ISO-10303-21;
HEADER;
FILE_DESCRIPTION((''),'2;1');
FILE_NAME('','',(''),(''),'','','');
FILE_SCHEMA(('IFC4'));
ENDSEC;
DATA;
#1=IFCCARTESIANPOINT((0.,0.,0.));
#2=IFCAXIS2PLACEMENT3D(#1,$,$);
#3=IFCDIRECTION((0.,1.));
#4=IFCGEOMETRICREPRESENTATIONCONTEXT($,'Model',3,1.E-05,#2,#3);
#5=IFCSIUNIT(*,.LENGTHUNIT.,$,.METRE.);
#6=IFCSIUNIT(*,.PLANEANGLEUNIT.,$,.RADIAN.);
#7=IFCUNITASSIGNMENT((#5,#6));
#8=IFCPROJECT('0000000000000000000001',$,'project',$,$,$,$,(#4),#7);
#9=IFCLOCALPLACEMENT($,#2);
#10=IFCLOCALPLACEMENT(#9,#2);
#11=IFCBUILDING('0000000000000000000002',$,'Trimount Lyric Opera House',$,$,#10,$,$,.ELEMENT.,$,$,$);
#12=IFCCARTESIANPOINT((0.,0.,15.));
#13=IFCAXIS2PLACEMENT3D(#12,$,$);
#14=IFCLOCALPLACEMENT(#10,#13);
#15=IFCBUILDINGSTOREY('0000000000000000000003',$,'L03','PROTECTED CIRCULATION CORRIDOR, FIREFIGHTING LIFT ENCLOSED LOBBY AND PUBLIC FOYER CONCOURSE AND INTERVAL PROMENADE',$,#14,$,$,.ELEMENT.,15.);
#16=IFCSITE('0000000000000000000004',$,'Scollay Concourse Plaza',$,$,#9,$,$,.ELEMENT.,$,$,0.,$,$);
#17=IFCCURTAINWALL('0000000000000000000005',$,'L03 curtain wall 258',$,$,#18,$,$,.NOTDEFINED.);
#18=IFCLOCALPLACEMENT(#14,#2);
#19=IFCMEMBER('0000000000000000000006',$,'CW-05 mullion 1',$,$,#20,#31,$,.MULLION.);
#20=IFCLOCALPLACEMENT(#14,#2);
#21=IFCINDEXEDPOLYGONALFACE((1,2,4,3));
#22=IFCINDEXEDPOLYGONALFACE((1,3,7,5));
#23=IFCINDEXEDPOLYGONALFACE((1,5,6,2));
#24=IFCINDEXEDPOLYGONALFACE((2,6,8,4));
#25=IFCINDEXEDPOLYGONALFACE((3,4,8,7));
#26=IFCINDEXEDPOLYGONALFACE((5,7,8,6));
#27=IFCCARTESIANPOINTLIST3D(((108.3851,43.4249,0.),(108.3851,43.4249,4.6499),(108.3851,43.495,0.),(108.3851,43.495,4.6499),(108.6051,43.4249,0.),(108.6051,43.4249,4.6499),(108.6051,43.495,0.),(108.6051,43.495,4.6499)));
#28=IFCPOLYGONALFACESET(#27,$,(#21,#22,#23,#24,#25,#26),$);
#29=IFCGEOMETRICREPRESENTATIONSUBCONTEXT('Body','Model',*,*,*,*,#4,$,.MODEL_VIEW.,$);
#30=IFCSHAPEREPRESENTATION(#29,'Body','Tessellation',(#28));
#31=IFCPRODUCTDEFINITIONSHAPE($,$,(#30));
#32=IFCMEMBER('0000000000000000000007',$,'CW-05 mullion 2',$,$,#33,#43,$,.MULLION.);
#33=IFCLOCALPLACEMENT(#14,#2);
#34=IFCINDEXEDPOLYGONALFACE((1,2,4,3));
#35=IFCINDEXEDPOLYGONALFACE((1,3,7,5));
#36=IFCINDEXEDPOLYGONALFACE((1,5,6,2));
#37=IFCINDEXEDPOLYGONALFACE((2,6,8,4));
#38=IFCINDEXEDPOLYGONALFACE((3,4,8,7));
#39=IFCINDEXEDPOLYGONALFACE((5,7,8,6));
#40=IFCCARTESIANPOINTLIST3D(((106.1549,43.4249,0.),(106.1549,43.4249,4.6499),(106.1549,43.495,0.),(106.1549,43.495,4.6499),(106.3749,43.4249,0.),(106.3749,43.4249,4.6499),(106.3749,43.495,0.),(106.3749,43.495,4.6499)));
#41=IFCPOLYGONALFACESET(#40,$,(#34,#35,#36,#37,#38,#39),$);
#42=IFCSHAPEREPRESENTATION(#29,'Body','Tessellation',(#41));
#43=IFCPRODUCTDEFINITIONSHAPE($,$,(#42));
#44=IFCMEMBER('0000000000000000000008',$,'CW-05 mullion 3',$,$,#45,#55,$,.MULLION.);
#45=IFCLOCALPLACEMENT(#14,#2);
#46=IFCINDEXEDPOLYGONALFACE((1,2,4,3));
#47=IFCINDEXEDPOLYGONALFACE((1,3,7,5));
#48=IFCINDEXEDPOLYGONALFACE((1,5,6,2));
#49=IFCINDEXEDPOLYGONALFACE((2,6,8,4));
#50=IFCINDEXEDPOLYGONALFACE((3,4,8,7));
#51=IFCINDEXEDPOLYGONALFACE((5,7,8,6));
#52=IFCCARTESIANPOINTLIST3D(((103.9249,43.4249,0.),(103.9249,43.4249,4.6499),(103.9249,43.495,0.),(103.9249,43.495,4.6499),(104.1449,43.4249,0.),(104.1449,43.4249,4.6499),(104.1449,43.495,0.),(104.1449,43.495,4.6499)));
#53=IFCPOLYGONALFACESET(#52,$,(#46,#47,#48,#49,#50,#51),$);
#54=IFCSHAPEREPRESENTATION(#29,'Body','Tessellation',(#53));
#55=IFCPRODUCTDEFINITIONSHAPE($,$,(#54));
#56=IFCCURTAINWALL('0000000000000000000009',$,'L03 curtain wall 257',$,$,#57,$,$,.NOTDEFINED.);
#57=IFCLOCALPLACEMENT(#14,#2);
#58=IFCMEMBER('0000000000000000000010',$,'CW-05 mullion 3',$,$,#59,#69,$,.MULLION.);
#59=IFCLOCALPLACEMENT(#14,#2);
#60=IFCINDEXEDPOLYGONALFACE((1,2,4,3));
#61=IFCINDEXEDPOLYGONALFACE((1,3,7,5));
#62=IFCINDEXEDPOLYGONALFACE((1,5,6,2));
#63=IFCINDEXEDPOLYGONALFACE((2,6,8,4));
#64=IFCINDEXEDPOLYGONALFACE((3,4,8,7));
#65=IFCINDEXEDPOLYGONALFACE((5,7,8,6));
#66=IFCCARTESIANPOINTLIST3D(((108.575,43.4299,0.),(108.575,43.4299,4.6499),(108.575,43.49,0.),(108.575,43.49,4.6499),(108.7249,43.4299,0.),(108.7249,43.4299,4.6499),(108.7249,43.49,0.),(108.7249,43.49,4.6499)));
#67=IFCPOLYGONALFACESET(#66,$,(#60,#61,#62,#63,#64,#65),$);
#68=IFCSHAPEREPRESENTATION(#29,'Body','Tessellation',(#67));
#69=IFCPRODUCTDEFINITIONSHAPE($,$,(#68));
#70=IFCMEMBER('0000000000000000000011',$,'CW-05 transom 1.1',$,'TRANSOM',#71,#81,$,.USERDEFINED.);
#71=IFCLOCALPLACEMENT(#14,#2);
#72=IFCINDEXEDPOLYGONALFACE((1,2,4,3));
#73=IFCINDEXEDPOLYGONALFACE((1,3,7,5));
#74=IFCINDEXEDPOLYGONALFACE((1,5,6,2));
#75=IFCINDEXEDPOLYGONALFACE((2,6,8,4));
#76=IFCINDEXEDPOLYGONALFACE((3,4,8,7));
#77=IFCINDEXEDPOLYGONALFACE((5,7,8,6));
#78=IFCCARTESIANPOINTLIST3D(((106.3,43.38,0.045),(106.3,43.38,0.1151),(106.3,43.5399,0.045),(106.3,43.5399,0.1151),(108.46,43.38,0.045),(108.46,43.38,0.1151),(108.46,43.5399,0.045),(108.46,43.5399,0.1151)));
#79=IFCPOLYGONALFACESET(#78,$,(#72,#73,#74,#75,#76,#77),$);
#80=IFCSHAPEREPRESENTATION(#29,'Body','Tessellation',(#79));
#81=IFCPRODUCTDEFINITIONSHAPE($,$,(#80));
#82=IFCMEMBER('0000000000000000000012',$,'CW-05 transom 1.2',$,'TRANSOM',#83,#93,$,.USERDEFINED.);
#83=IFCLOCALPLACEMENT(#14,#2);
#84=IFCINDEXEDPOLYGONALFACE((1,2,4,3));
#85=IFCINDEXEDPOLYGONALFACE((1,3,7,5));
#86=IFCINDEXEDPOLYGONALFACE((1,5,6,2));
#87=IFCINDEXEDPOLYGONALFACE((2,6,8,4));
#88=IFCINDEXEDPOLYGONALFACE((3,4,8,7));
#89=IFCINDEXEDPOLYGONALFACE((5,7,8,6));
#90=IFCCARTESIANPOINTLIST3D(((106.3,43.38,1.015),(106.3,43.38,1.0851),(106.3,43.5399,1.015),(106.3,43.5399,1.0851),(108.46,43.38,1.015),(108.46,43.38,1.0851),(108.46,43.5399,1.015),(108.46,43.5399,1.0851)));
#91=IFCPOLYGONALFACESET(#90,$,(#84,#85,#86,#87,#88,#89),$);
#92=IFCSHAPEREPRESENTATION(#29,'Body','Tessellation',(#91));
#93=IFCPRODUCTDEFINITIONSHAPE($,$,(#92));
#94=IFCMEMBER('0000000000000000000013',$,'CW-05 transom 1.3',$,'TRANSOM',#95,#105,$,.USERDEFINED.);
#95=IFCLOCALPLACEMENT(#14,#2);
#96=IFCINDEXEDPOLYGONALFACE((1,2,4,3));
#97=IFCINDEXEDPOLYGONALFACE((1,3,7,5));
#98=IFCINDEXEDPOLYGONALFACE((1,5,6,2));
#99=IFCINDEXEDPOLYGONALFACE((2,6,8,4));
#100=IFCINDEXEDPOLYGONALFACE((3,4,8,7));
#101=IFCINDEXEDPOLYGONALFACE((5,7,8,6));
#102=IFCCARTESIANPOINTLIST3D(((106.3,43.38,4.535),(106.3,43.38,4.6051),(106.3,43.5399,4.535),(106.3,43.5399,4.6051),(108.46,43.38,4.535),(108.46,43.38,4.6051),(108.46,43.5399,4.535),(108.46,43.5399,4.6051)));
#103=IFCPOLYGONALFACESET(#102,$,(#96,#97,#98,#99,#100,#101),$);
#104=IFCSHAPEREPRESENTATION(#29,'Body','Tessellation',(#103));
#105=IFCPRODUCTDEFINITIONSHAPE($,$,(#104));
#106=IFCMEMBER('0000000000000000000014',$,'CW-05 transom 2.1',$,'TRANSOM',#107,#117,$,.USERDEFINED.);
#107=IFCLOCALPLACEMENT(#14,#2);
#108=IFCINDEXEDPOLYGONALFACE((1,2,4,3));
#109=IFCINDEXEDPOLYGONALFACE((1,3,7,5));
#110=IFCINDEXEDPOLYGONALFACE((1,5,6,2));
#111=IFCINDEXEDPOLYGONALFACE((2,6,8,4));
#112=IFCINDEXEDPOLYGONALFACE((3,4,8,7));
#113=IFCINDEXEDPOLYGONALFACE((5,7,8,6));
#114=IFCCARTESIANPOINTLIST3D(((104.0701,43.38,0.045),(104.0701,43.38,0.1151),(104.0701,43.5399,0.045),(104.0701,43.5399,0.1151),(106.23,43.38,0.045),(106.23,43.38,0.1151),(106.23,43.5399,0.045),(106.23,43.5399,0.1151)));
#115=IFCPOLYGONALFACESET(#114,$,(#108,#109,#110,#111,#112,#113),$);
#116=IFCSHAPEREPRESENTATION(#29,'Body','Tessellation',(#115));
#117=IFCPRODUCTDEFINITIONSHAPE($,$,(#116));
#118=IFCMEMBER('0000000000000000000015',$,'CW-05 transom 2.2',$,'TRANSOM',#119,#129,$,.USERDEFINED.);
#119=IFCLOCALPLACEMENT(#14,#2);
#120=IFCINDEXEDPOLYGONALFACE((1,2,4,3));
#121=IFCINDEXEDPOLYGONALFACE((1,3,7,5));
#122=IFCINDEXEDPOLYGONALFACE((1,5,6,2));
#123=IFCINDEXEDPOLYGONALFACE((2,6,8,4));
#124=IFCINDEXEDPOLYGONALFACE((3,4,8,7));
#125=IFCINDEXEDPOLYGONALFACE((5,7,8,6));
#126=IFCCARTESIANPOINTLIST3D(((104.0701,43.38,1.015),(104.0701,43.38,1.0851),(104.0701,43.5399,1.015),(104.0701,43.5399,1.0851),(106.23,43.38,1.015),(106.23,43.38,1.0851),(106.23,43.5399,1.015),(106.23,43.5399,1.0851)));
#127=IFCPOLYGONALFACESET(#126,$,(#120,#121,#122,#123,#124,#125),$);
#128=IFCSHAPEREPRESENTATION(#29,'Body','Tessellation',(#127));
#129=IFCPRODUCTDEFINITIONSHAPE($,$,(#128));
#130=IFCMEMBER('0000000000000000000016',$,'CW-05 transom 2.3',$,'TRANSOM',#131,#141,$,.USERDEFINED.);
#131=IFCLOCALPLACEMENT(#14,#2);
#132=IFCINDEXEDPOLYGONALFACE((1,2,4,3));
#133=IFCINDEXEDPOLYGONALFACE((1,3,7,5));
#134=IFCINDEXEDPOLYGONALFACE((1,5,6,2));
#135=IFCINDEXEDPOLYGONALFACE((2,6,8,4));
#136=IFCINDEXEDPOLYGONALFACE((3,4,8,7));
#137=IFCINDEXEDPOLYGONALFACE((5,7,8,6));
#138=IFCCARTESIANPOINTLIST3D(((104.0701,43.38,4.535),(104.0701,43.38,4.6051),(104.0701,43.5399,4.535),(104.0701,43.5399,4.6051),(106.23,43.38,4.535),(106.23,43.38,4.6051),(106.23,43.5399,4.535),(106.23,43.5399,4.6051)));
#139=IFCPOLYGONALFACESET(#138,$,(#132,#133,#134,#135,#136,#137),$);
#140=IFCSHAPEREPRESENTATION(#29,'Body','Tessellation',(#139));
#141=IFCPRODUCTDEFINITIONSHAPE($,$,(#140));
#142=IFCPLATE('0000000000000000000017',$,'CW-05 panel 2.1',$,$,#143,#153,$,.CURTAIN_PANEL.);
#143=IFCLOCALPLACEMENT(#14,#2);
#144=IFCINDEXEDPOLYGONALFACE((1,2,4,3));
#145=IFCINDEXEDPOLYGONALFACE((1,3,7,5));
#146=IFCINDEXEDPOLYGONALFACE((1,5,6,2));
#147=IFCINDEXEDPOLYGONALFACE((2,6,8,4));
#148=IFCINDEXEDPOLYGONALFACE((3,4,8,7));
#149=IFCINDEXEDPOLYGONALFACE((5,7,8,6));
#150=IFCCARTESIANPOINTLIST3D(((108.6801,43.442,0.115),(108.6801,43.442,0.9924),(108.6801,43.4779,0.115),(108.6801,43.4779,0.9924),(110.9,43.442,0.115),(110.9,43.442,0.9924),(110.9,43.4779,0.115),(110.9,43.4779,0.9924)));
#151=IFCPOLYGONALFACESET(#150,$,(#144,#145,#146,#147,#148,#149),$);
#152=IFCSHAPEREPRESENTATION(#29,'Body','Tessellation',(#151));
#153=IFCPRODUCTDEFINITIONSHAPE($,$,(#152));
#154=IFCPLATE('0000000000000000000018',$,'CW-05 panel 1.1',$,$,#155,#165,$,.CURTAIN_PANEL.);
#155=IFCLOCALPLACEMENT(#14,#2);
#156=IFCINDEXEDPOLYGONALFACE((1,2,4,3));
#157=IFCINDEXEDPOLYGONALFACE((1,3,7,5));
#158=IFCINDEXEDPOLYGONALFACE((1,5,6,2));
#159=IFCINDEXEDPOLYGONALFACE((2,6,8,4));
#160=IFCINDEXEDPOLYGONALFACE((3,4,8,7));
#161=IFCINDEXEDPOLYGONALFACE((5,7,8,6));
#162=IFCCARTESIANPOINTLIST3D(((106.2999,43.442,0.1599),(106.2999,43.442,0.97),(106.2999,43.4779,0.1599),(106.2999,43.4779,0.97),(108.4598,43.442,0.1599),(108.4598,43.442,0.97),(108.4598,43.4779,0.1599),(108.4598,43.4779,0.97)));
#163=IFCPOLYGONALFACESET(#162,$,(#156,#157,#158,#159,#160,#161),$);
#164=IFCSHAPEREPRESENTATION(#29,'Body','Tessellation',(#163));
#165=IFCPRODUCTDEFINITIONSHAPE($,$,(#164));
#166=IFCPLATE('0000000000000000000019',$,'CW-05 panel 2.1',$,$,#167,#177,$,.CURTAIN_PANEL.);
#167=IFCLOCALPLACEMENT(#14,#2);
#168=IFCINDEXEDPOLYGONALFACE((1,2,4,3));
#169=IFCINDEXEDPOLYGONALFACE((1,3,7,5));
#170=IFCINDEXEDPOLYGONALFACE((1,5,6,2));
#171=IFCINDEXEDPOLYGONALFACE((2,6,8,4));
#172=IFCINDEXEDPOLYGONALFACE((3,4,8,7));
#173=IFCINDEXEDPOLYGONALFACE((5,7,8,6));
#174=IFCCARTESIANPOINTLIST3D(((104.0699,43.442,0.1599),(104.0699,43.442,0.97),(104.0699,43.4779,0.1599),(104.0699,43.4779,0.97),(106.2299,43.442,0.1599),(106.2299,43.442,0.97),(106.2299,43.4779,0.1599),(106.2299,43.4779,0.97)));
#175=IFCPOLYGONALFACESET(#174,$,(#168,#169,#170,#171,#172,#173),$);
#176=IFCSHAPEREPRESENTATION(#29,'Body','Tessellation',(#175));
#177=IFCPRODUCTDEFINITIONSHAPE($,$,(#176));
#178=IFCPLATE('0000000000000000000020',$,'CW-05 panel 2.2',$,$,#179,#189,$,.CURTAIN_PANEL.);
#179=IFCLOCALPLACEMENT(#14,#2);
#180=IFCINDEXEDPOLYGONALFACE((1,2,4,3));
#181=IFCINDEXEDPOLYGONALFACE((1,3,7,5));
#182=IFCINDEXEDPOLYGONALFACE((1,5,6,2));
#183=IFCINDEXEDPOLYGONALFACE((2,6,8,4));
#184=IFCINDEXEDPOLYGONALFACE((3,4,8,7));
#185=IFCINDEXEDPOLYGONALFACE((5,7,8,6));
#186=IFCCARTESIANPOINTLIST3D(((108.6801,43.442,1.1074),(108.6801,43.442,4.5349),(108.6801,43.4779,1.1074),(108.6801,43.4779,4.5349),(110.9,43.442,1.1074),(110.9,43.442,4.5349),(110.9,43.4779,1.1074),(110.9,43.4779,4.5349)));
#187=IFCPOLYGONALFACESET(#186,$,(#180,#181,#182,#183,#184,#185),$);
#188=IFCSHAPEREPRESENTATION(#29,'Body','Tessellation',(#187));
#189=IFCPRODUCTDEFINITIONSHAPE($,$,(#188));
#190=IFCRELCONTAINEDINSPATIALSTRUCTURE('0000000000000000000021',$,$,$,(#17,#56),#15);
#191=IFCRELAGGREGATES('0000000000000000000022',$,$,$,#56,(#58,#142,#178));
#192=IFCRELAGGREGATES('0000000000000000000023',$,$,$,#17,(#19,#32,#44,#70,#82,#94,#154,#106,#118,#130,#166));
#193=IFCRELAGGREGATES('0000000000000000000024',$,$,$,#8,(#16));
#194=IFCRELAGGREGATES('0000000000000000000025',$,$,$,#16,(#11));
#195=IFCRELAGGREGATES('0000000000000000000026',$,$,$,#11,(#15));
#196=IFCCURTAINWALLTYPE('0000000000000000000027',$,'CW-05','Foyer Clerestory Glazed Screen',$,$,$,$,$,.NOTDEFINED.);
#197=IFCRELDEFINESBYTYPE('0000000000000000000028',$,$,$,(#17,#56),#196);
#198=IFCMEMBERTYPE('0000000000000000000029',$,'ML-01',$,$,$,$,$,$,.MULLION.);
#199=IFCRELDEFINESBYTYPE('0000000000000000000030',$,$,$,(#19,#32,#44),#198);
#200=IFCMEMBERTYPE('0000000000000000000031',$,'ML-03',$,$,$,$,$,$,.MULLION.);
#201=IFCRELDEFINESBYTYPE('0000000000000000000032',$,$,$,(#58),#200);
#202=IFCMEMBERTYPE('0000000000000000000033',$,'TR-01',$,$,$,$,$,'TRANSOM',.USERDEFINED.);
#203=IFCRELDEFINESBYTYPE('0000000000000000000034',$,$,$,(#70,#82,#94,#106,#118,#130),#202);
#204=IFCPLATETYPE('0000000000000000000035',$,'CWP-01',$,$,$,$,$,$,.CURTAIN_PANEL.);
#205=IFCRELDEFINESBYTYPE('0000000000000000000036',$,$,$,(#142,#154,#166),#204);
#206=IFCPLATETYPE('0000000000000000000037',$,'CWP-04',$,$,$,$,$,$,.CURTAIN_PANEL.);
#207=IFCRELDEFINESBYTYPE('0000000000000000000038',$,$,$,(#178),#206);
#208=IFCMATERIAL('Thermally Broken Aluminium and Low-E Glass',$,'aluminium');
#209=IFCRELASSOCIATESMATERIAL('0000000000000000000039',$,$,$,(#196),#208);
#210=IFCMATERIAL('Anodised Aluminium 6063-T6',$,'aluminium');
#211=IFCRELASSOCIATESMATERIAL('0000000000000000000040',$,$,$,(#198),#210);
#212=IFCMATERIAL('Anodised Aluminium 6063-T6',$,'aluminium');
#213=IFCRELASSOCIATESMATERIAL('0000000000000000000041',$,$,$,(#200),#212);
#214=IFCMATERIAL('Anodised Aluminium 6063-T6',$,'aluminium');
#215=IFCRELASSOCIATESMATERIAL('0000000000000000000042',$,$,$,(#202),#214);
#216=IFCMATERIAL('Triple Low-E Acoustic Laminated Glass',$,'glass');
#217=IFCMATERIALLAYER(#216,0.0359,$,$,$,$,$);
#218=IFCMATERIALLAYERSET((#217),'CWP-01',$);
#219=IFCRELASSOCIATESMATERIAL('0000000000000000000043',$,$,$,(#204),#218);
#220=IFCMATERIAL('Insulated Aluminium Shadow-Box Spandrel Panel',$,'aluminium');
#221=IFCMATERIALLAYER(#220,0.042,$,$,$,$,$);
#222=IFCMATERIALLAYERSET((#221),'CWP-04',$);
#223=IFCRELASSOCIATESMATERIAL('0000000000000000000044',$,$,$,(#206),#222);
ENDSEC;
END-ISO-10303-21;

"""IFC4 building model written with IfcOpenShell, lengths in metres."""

from ifc_helpers import new_model, si_unit, direction, frame, origin, origin_2d, place, context, subcontext, project, spatial, rectangle, extrude, material, layer, layer_set, material_profile, profile_set, type_object, element, aggregate, save


model = new_model("IFC4")

# Units and contexts
model_context = context("Model", 3, precision=1e-05, world=origin(), true_north=direction((0.0, 1.0)))
body_context = subcontext(model_context, "Body", "Model", "MODEL_VIEW")
ifc_project = project(units=[si_unit("LENGTHUNIT", "METRE"), si_unit("PLANEANGLEUNIT", "RADIAN")], contexts=[model_context])

# Site, building, storey
site_placement = place(None, origin())
site = spatial("IfcSite", under=ifc_project, at=site_placement, Name="Scollay Concourse Plaza", CompositionType="ELEMENT", RefElevation=0.0)
building_placement = place(site_placement, origin())
building = spatial("IfcBuilding", under=site, at=building_placement, Name="Trimount Lyric Opera House", CompositionType="ELEMENT")
storey_placement = place(building_placement, frame((0.0, 0.0, 15.0)))
storey = spatial("IfcBuildingStorey", under=building, at=storey_placement, Name="L03", Description="PROTECTED CIRCULATION CORRIDOR, FIREFIGHTING LIFT ENCLOSED LOBBY AND PUBLIC FOYER CONCOURSE AND INTERVAL PROMENADE", CompositionType="ELEMENT", Elevation=15.0)

# Curtain wall, members
ifc_material_1 = material(Name="Thermally Broken Aluminium and Low-E Glass", Category="aluminium")
curtain_wall_type = type_object("IfcCurtainWallType", Name="CW-05", Description="Foyer Clerestory Glazed Screen", PredefinedType="NOTDEFINED", material=ifc_material_1)
curtain_wall_1_placement = place(storey_placement, origin())
curtain_wall_1 = element("IfcCurtainWall", 1, at=curtain_wall_1_placement, inside=storey, type_object=curtain_wall_type, Name="L03 curtain wall 258", PredefinedType="NOTDEFINED")
ifc_material_2 = material(Name="Anodised Aluminium 6063-T6", Category="aluminium")
ifc_material_profile_1 = material_profile(ifc_material_2, rectangle(XDim=0.0701, YDim=0.22, at=origin_2d()), Name="ALU-MULL-70X220")
ifc_profile_set_1 = profile_set([ifc_material_profile_1], Name="Anodised Aluminium 6063-T6")
member_type_1 = type_object("IfcMemberType", Name="ML-01", PredefinedType="MULLION", material=ifc_profile_set_1)
member_1_placement = place(storey_placement, frame((108.4951, 43.46, 0.0), z_axis=(0.0, 0.0, 1.0), x_axis=(0.0, -1.0, 0.0)))
member_1 = element("IfcMember", 2, at=member_1_placement, type_object=member_type_1, Name="CW-05 mullion 1", PredefinedType="MULLION", context=body_context, shape_type="SweptSolid", body=[
    extrude(rectangle(XDim=0.0701, YDim=0.22, at=origin_2d()), origin(), (0.0, 0.0, 1.0), 4.6499),
])
member_2_placement = place(storey_placement, frame((106.2649, 43.46, 0.0), z_axis=(0.0, 0.0, 1.0), x_axis=(0.0, -1.0, 0.0)))
member_2 = element("IfcMember", 3, at=member_2_placement, type_object=member_type_1, Name="CW-05 mullion 2", PredefinedType="MULLION", context=body_context, shape_type="SweptSolid", body=[
    extrude(rectangle(XDim=0.0701, YDim=0.22, at=origin_2d()), origin(), (0.0, 0.0, 1.0), 4.6499),
])
member_3_placement = place(storey_placement, frame((104.0349, 43.46, 0.0), z_axis=(0.0, 0.0, 1.0), x_axis=(0.0, -1.0, 0.0)))
member_3 = element("IfcMember", 4, at=member_3_placement, type_object=member_type_1, Name="CW-05 mullion 3", PredefinedType="MULLION", context=body_context, shape_type="SweptSolid", body=[
    extrude(rectangle(XDim=0.0701, YDim=0.22, at=origin_2d()), origin(), (0.0, 0.0, 1.0), 4.6499),
])

# Curtain wall, member
curtain_wall_2_placement = place(storey_placement, origin())
curtain_wall_2 = element("IfcCurtainWall", 5, at=curtain_wall_2_placement, inside=storey, type_object=curtain_wall_type, Name="L03 curtain wall 257", PredefinedType="NOTDEFINED")
ifc_material_3 = material(Name="Anodised Aluminium 6063-T6", Category="aluminium")
ifc_material_profile_2 = material_profile(ifc_material_3, rectangle(XDim=0.0601, YDim=0.1499, at=origin_2d()), Name="ALU-MULL-60X150")
ifc_profile_set_2 = profile_set([ifc_material_profile_2], Name="Anodised Aluminium 6063-T6")
member_type_2 = type_object("IfcMemberType", Name="ML-03", PredefinedType="MULLION", material=ifc_profile_set_2)
member_4_placement = place(storey_placement, frame((108.6499, 43.46, 0.0), z_axis=(0.0, 0.0, 1.0), x_axis=(0.0, -1.0, 0.0)))
member_4 = element("IfcMember", 6, at=member_4_placement, type_object=member_type_2, Name="CW-05 mullion 3", PredefinedType="MULLION", context=body_context, shape_type="SweptSolid", body=[
    extrude(rectangle(XDim=0.0601, YDim=0.1499, at=origin_2d()), origin(), (0.0, 0.0, 1.0), 4.6499),
])

# Members
ifc_material_4 = material(Name="Anodised Aluminium 6063-T6", Category="aluminium")
ifc_material_profile_3 = material_profile(ifc_material_4, rectangle(XDim=0.1599, YDim=0.0701, at=origin_2d()), Name="ALU-TRAN-70X160")
ifc_profile_set_3 = profile_set([ifc_material_profile_3], Name="Anodised Aluminium 6063-T6")
member_type_3 = type_object("IfcMemberType", Name="TR-01", ElementType="TRANSOM", PredefinedType="USERDEFINED", material=ifc_profile_set_3)
member_5_placement = place(storey_placement, frame((108.46, 43.46, 0.0801), z_axis=(-1.0, 0.0, 0.0), x_axis=(0.0, -1.0, 0.0)))
member_5 = element("IfcMember", 7, at=member_5_placement, type_object=member_type_3, Name="CW-05 transom 1.1", ObjectType="TRANSOM", PredefinedType="USERDEFINED", context=body_context, shape_type="SweptSolid", body=[
    extrude(rectangle(XDim=0.1599, YDim=0.0701, at=origin_2d()), origin(), (0.0, 0.0, 1.0), 2.1599),
])
member_6_placement = place(storey_placement, frame((108.46, 43.46, 1.05), z_axis=(-1.0, 0.0, 0.0), x_axis=(0.0, -1.0, 0.0)))
member_6 = element("IfcMember", 8, at=member_6_placement, type_object=member_type_3, Name="CW-05 transom 1.2", ObjectType="TRANSOM", PredefinedType="USERDEFINED", context=body_context, shape_type="SweptSolid", body=[
    extrude(rectangle(XDim=0.1599, YDim=0.0701, at=origin_2d()), origin(), (0.0, 0.0, 1.0), 2.1599),
])
member_7_placement = place(storey_placement, frame((108.46, 43.46, 4.5701), z_axis=(-1.0, 0.0, 0.0), x_axis=(0.0, -1.0, 0.0)))
member_7 = element("IfcMember", 9, at=member_7_placement, type_object=member_type_3, Name="CW-05 transom 1.3", ObjectType="TRANSOM", PredefinedType="USERDEFINED", context=body_context, shape_type="SweptSolid", body=[
    extrude(rectangle(XDim=0.1599, YDim=0.0701, at=origin_2d()), origin(), (0.0, 0.0, 1.0), 2.1599),
])
member_8_placement = place(storey_placement, frame((106.23, 43.46, 0.0801), z_axis=(-1.0, 0.0, 0.0), x_axis=(0.0, -1.0, 0.0)))
member_8 = element("IfcMember", 10, at=member_8_placement, type_object=member_type_3, Name="CW-05 transom 2.1", ObjectType="TRANSOM", PredefinedType="USERDEFINED", context=body_context, shape_type="SweptSolid", body=[
    extrude(rectangle(XDim=0.1599, YDim=0.0701, at=origin_2d()), origin(), (0.0, 0.0, 1.0), 2.1599),
])
member_9_placement = place(storey_placement, frame((106.23, 43.46, 1.05), z_axis=(-1.0, 0.0, 0.0), x_axis=(0.0, -1.0, 0.0)))
member_9 = element("IfcMember", 11, at=member_9_placement, type_object=member_type_3, Name="CW-05 transom 2.2", ObjectType="TRANSOM", PredefinedType="USERDEFINED", context=body_context, shape_type="SweptSolid", body=[
    extrude(rectangle(XDim=0.1599, YDim=0.0701, at=origin_2d()), origin(), (0.0, 0.0, 1.0), 2.1599),
])
member_10_placement = place(storey_placement, frame((106.23, 43.46, 4.5701), z_axis=(-1.0, 0.0, 0.0), x_axis=(0.0, -1.0, 0.0)))
member_10 = element("IfcMember", 12, at=member_10_placement, type_object=member_type_3, Name="CW-05 transom 2.3", ObjectType="TRANSOM", PredefinedType="USERDEFINED", context=body_context, shape_type="SweptSolid", body=[
    extrude(rectangle(XDim=0.1599, YDim=0.0701, at=origin_2d()), origin(), (0.0, 0.0, 1.0), 2.1599),
])

# Plates
ifc_material_5 = material(Name="Triple Low-E Acoustic Laminated Glass", Category="glass")
ifc_layer_1 = layer(ifc_material_5, 0.0359)
ifc_layer_set_1 = layer_set([ifc_layer_1], Name="CWP-01")
plate_type_1 = type_object("IfcPlateType", Name="CWP-01", PredefinedType="CURTAIN_PANEL", material=ifc_layer_set_1)
plate_1_placement = place(storey_placement, frame((109.79, 43.46, 0.115), z_axis=(0.0, 0.0, 1.0), x_axis=(-1.0, 0.0, 0.0)))
plate_1 = element("IfcPlate", 13, at=plate_1_placement, type_object=plate_type_1, Name="CW-05 panel 2.1", PredefinedType="CURTAIN_PANEL", context=body_context, shape_type="SweptSolid", body=[
    extrude(rectangle(XDim=2.22, YDim=0.0359, at=origin_2d()), origin(), (0.0, 0.0, 1.0), 0.8774),
])
plate_2_placement = place(storey_placement, frame((107.3799, 43.46, 0.1599), z_axis=(0.0, 0.0, 1.0), x_axis=(-1.0, 0.0, 0.0)))
plate_2 = element("IfcPlate", 14, at=plate_2_placement, type_object=plate_type_1, Name="CW-05 panel 1.1", PredefinedType="CURTAIN_PANEL", context=body_context, shape_type="SweptSolid", body=[
    extrude(rectangle(XDim=2.1599, YDim=0.0359, at=origin_2d()), origin(), (0.0, 0.0, 1.0), 0.8101),
])
plate_3_placement = place(storey_placement, frame((105.1499, 43.46, 0.1599), z_axis=(0.0, 0.0, 1.0), x_axis=(-1.0, 0.0, 0.0)))
plate_3 = element("IfcPlate", 15, at=plate_3_placement, type_object=plate_type_1, Name="CW-05 panel 2.1", PredefinedType="CURTAIN_PANEL", context=body_context, shape_type="SweptSolid", body=[
    extrude(rectangle(XDim=2.1599, YDim=0.0359, at=origin_2d()), origin(), (0.0, 0.0, 1.0), 0.8101),
])
ifc_material_6 = material(Name="Insulated Aluminium Shadow-Box Spandrel Panel", Category="aluminium")
ifc_layer_2 = layer(ifc_material_6, 0.042)
ifc_layer_set_2 = layer_set([ifc_layer_2], Name="CWP-04")
plate_type_2 = type_object("IfcPlateType", Name="CWP-04", PredefinedType="CURTAIN_PANEL", material=ifc_layer_set_2)
plate_4_placement = place(storey_placement, frame((109.79, 43.46, 1.1074), z_axis=(0.0, 0.0, 1.0), x_axis=(-1.0, 0.0, 0.0)))
plate_4 = element("IfcPlate", 16, at=plate_4_placement, type_object=plate_type_2, Name="CW-05 panel 2.2", PredefinedType="CURTAIN_PANEL", context=body_context, shape_type="SweptSolid", body=[
    extrude(rectangle(XDim=2.22, YDim=0.0359, at=origin_2d()), origin(), (0.0, 0.0, 1.0), 3.4275),
])
aggregate(curtain_wall_2, [member_4, plate_1, plate_4])
aggregate(curtain_wall_1, [member_1, member_2, member_3, member_5, member_6, member_7, plate_2, member_8, member_9, member_10, plate_3])

save(model, "model.ifc")
